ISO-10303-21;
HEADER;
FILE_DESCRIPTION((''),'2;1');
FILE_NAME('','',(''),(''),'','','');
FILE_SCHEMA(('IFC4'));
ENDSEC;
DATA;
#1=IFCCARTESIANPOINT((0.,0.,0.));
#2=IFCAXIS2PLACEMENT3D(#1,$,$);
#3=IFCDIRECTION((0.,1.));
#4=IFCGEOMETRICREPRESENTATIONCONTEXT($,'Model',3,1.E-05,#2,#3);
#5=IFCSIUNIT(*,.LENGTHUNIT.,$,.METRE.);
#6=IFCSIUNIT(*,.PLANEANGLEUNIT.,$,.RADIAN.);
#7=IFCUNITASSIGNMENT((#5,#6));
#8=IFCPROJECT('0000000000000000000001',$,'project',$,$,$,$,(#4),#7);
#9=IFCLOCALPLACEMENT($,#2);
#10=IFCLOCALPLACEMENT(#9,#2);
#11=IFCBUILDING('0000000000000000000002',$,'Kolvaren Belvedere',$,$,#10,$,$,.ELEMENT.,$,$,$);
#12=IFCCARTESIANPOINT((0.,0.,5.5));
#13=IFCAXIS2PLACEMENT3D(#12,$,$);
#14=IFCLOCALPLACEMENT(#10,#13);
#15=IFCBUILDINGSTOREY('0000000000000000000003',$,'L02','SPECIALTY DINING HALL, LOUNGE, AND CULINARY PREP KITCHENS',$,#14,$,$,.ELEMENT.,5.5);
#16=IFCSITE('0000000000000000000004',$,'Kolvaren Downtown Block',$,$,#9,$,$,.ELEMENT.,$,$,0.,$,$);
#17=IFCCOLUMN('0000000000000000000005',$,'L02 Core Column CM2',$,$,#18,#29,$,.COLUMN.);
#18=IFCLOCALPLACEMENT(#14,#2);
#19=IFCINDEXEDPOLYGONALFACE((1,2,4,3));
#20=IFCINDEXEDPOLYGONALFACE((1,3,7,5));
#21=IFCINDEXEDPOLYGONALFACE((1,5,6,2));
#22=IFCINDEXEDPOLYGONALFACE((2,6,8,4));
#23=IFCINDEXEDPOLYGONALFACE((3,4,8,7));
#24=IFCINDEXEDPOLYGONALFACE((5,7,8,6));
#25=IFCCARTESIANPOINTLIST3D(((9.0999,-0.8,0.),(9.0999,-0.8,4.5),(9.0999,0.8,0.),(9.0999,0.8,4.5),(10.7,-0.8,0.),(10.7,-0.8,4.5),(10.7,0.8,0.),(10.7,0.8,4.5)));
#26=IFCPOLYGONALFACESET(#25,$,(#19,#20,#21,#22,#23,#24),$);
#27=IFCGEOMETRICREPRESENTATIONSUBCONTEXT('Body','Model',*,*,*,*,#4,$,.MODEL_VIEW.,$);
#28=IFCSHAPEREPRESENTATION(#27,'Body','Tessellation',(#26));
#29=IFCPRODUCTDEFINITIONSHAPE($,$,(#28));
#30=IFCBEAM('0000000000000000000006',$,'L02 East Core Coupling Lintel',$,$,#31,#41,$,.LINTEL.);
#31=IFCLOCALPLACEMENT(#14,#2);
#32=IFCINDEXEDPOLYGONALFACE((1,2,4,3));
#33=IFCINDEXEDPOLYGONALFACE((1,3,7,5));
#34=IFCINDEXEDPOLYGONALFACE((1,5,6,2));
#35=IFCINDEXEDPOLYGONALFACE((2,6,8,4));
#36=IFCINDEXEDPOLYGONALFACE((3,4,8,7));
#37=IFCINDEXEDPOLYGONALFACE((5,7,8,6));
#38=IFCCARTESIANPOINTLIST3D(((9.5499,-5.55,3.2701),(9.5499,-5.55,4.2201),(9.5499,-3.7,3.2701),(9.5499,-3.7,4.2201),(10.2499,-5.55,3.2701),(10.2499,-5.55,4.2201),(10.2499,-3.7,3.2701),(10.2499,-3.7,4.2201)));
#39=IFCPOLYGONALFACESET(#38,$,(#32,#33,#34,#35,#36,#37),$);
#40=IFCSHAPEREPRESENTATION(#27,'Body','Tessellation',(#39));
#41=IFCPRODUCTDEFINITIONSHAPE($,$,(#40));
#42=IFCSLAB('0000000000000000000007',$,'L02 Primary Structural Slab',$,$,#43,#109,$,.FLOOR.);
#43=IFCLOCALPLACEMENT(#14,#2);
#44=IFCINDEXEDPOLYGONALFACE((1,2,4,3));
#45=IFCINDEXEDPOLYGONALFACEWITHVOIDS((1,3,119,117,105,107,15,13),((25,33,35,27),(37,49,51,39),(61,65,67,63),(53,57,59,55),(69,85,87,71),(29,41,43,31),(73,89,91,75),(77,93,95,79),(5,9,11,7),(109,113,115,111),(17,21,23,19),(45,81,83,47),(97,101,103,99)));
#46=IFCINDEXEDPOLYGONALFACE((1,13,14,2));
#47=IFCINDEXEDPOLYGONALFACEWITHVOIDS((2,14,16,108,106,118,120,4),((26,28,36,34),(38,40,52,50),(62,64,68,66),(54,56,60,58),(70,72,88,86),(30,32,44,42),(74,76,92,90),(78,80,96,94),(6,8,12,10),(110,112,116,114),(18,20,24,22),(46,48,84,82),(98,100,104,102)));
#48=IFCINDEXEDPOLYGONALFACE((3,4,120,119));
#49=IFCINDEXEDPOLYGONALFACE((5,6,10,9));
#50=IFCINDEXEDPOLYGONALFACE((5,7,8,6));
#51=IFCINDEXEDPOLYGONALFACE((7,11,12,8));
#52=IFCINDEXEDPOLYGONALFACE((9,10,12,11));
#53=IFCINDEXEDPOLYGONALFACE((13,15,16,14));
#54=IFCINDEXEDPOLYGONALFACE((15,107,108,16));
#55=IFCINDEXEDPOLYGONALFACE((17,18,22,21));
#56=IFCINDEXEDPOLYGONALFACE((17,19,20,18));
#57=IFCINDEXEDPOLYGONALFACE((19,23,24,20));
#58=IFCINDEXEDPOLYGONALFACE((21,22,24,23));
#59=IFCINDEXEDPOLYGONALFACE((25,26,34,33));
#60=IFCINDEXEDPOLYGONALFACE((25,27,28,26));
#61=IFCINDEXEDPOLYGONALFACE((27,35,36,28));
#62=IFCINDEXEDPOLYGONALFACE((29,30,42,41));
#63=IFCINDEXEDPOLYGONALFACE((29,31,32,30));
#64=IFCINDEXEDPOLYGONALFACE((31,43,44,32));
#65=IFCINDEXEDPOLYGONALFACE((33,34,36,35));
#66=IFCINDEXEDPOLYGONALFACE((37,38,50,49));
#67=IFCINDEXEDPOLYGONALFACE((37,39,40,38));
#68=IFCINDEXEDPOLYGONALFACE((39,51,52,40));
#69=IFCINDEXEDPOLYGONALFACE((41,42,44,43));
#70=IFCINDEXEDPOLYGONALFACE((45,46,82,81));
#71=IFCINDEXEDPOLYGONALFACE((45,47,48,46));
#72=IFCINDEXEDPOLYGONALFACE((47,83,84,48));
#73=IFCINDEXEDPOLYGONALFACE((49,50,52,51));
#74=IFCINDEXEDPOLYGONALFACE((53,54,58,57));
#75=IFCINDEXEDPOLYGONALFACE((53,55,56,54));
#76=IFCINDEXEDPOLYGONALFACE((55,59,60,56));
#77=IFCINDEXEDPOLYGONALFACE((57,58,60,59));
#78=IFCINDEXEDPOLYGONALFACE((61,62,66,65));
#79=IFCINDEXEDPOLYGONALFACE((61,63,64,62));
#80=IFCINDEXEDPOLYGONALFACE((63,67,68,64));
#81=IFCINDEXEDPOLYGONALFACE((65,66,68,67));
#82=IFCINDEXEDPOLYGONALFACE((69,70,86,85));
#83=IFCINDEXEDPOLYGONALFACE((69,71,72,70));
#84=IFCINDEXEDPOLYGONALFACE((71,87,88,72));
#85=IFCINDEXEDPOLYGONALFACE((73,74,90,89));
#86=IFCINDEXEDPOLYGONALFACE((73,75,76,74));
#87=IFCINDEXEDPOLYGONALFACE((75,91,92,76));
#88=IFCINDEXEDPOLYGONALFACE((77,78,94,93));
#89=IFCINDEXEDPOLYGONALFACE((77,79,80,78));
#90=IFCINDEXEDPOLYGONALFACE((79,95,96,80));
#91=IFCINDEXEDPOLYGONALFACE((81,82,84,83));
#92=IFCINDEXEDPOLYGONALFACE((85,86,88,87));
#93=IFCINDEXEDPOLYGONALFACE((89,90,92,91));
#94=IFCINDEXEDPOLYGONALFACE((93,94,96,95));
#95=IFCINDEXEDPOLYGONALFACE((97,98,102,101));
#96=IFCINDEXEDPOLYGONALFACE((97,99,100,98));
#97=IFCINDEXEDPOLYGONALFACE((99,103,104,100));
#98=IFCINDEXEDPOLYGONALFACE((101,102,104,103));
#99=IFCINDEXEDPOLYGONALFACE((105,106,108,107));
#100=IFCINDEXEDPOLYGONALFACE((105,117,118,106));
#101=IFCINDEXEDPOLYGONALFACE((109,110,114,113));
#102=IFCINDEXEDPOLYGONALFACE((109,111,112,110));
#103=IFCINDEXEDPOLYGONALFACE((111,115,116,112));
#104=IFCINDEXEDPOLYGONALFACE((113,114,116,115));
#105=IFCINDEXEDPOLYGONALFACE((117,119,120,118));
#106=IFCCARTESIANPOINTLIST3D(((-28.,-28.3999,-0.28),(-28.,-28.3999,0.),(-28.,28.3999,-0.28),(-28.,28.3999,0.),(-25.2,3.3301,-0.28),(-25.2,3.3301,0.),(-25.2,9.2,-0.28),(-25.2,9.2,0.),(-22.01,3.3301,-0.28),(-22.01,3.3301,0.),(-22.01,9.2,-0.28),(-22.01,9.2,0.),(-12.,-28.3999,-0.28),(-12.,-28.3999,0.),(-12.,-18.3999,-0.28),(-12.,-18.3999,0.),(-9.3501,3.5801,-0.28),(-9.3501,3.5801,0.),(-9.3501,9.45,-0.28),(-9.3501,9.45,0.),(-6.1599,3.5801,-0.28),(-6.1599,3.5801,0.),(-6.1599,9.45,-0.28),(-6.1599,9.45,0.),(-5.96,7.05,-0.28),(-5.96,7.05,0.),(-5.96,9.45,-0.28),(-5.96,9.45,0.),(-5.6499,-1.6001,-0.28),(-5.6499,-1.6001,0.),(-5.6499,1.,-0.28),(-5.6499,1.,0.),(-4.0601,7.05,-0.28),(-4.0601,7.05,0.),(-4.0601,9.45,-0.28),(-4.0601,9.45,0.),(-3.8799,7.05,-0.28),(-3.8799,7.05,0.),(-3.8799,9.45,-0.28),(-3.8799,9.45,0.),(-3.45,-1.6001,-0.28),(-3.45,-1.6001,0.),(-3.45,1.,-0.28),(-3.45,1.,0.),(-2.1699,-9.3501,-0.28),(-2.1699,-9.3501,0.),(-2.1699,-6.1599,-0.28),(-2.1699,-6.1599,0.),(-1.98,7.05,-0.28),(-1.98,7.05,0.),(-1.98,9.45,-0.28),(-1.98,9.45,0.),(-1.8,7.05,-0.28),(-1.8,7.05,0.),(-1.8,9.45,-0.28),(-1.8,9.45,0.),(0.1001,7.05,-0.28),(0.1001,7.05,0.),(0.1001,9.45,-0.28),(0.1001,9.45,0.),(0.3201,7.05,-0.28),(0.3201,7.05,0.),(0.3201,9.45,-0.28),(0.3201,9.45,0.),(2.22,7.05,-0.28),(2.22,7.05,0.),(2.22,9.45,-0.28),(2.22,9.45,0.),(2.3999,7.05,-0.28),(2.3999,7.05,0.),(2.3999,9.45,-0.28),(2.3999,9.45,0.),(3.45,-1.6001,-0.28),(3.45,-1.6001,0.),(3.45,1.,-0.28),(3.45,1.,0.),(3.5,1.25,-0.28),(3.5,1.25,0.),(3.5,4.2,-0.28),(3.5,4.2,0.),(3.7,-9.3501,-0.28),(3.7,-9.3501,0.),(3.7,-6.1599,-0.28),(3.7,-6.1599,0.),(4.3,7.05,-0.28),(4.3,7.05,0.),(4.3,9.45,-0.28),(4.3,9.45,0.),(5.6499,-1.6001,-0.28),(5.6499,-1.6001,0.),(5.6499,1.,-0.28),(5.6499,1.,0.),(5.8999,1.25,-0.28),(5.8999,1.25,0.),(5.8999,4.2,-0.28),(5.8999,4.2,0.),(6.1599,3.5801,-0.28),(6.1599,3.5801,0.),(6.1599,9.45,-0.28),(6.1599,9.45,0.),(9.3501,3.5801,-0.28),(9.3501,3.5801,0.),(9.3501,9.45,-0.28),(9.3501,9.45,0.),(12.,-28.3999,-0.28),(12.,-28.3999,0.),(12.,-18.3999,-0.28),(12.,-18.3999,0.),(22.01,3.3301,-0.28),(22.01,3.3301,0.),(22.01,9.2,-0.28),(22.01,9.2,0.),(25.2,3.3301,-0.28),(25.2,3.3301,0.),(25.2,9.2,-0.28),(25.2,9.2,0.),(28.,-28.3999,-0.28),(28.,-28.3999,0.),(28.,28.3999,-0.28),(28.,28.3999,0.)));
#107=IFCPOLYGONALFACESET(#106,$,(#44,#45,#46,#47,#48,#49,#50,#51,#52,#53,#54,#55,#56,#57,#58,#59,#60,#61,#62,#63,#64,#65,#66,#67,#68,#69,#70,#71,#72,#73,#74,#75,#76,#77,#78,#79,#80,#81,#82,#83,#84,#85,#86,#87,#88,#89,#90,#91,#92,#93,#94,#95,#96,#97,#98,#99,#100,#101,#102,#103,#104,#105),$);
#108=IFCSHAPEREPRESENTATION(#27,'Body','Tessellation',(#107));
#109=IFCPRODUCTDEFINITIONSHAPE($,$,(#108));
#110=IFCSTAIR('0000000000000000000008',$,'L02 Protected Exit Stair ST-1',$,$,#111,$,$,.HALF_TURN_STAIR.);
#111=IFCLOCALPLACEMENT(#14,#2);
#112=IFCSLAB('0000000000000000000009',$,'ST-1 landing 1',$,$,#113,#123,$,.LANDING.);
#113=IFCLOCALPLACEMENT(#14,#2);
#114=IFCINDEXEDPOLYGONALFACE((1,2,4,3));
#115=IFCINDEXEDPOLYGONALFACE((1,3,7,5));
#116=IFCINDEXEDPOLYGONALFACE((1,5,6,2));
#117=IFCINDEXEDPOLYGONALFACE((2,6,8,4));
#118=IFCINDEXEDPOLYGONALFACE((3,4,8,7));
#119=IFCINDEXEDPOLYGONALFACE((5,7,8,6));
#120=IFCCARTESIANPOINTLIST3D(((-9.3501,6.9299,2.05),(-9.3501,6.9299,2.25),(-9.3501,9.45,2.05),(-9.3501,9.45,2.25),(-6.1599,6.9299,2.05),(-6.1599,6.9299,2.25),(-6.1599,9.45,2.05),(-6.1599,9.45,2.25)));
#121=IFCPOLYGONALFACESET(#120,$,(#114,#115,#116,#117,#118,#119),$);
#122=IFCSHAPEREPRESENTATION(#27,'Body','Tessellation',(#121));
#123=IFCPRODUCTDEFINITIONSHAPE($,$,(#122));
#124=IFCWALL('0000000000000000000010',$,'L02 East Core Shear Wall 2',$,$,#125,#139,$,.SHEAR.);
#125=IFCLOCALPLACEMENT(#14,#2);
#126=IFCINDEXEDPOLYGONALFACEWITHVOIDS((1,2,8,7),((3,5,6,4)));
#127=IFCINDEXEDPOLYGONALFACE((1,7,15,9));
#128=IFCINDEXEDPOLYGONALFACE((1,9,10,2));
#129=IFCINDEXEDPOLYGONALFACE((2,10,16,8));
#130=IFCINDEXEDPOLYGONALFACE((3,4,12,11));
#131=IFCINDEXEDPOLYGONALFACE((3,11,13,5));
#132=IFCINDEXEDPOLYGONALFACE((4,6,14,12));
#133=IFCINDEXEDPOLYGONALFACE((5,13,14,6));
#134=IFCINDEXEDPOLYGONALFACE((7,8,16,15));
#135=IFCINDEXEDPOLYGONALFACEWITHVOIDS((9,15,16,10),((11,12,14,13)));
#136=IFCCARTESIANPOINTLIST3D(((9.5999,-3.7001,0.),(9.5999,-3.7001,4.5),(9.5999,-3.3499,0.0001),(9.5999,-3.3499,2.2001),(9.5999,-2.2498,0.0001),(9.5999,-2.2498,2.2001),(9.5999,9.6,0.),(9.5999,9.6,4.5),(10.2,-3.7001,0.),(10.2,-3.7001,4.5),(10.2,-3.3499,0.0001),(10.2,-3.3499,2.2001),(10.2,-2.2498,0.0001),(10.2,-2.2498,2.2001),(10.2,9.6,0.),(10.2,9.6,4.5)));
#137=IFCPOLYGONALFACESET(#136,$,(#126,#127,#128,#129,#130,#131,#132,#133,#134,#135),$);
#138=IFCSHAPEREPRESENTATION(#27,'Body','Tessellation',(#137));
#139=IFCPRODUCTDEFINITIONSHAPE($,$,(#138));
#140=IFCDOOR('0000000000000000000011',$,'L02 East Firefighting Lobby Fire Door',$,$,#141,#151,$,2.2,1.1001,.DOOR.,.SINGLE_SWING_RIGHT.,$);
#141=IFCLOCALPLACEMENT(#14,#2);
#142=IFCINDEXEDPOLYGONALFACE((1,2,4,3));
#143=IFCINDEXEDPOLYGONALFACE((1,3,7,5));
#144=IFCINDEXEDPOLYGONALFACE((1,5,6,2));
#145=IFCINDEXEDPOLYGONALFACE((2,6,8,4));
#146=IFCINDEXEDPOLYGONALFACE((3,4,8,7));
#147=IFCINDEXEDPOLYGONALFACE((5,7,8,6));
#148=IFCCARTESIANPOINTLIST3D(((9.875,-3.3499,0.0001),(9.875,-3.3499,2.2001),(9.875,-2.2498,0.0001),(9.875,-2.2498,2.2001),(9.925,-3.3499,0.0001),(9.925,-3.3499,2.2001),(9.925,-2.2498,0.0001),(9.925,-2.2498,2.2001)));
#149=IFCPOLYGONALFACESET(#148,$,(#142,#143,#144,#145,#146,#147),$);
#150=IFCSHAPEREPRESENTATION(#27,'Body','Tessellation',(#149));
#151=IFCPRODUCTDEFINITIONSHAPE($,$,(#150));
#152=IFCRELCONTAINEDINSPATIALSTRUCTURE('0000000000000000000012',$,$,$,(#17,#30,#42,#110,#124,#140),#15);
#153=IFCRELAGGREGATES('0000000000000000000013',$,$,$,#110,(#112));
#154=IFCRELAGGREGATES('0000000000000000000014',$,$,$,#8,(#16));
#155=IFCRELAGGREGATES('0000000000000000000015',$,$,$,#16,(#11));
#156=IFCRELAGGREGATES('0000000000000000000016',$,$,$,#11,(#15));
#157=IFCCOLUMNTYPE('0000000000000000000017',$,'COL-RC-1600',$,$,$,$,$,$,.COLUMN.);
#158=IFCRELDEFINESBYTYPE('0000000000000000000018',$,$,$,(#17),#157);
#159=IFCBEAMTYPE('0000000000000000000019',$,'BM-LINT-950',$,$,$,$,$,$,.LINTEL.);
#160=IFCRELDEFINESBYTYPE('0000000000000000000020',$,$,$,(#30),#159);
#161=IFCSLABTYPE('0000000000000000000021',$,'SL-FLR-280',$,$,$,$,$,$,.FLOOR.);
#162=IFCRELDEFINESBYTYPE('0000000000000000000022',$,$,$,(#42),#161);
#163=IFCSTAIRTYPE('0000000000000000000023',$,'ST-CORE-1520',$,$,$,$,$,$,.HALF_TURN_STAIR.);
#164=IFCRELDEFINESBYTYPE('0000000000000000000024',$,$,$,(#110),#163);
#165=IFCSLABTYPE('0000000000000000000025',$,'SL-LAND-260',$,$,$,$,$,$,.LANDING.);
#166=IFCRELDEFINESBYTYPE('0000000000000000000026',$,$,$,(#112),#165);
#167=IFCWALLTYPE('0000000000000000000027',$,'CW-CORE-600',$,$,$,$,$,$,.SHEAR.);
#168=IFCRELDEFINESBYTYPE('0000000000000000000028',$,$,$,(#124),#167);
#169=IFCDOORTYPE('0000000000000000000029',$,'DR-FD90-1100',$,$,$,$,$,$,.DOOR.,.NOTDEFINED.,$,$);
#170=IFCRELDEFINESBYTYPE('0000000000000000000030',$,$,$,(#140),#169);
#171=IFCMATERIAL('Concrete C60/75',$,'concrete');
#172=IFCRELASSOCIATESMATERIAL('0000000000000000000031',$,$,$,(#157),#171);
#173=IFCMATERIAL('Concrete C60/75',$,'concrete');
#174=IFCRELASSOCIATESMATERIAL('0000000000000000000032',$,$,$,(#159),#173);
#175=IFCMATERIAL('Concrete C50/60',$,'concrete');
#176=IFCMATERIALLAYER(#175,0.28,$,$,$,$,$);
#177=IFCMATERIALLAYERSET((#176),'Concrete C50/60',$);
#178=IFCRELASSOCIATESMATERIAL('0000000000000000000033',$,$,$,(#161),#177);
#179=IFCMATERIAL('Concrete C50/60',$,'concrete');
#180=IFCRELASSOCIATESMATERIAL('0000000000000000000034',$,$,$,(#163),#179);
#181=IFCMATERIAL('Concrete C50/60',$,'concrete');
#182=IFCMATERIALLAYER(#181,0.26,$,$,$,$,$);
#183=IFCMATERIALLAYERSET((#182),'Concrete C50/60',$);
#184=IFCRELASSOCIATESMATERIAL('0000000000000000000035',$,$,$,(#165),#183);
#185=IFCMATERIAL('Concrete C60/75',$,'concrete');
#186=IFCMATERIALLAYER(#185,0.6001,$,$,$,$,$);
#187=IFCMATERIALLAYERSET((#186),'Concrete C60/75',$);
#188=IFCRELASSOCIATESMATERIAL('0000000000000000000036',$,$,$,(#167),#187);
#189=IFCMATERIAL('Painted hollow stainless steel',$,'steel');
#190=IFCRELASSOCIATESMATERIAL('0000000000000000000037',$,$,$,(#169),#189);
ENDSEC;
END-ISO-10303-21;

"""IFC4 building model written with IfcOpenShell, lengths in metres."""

from ifc_helpers import new_model, si_unit, direction, frame, frame_2d, origin, origin_2d, place, context, subcontext, project, spatial, polyline, rectangle, outline, extrude, material, layer, layer_set, material_profile, profile_set, type_object, element, fill, aggregate, save


model = new_model("IFC4")

# Units and contexts
model_context = context("Model", 3, precision=1e-05, world=origin(), true_north=direction((0.0, 1.0)))
body_context = subcontext(model_context, "Body", "Model", "MODEL_VIEW")
ifc_project = project(units=[si_unit("LENGTHUNIT", "METRE"), si_unit("PLANEANGLEUNIT", "RADIAN")], contexts=[model_context])

# Site, building, storey
site_placement = place(None, origin())
site = spatial("IfcSite", under=ifc_project, at=site_placement, Name="Kolvaren Downtown Block", CompositionType="ELEMENT", RefElevation=0.0)
building_placement = place(site_placement, origin())
building = spatial("IfcBuilding", under=site, at=building_placement, Name="Kolvaren Belvedere", CompositionType="ELEMENT")
storey_placement = place(building_placement, frame((0.0, 0.0, 5.5)))
storey = spatial("IfcBuildingStorey", under=building, at=storey_placement, Name="L02", Description="SPECIALTY DINING HALL, LOUNGE, AND CULINARY PREP KITCHENS", CompositionType="ELEMENT", Elevation=5.5)

# Column
ifc_material_1 = material(Name="Concrete C60/75", Category="concrete")
ifc_material_profile_1 = material_profile(ifc_material_1, rectangle(XDim=1.6001, YDim=1.6001, at=origin_2d()), Name="RC 1600X1600")
ifc_profile_set_1 = profile_set([ifc_material_profile_1], Name="Concrete C60/75")
column_type = type_object("IfcColumnType", Name="COL-RC-1600", PredefinedType="COLUMN", material=ifc_profile_set_1)
column_placement = place(storey_placement, frame((9.8999, 0.0, 0.0), z_axis=(0.0, 0.0, 1.0), x_axis=(1.0, 0.0, 0.0)))
element("IfcColumn", 1, at=column_placement, inside=storey, type_object=column_type, Name="L02 Core Column CM2", PredefinedType="COLUMN", context=body_context, shape_type="SweptSolid", body=[
    extrude(rectangle(XDim=1.6001, YDim=1.6001, at=origin_2d()), origin(), (0.0, 0.0, 1.0), 4.5),
])

# Beam
ifc_material_2 = material(Name="Concrete C60/75", Category="concrete")
ifc_material_profile_2 = material_profile(ifc_material_2, rectangle(XDim=0.7, YDim=0.95, at=origin_2d()), Name="RC 700X950")
ifc_profile_set_2 = profile_set([ifc_material_profile_2], Name="Concrete C60/75")
beam_type = type_object("IfcBeamType", Name="BM-LINT-950", PredefinedType="LINTEL", material=ifc_profile_set_2)
beam_placement = place(storey_placement, frame((9.8999, -5.55, 3.7451), z_axis=(0.0, 1.0, 0.0), x_axis=(-1.0, 0.0, 0.0)))
element("IfcBeam", 2, at=beam_placement, inside=storey, type_object=beam_type, Name="L02 East Core Coupling Lintel", PredefinedType="LINTEL", context=body_context, shape_type="SweptSolid", body=[
    extrude(rectangle(XDim=0.7, YDim=0.95, at=origin_2d()), origin(), (0.0, 0.0, 1.0), 1.8501),
])

# Slab
ifc_material_3 = material(Name="Concrete C50/60", Category="concrete")
ifc_layer_1 = layer(ifc_material_3, 0.28)
ifc_layer_set_1 = layer_set([ifc_layer_1], Name="Concrete C50/60")
slab_type_1 = type_object("IfcSlabType", Name="SL-FLR-280", PredefinedType="FLOOR", material=ifc_layer_set_1)
slab_1_placement = place(storey_placement, frame((0.0, 0.0, -0.28)))
element("IfcSlab", 3, at=slab_1_placement, inside=storey, type_object=slab_type_1, Name="L02 Primary Structural Slab", PredefinedType="FLOOR", context=body_context, shape_type="SweptSolid", body=[
    extrude(outline(polyline([(-28.0, -28.3999), (-12.0, -28.3999), (-12.0, -18.3999), (12.0, -18.3999), (12.0, -28.3999), (28.0, -28.3999), (28.0, 28.3999), (-28.0, 28.3999), (-28.0, -28.3999)]), holes=[polyline([(-9.3501, 3.5801), (-6.1599, 3.5801), (-6.1599, 9.45), (-9.3501, 9.45), (-9.3501, 3.5801)]), polyline([(6.1599, 3.5801), (9.3501, 3.5801), (9.3501, 9.45), (6.1599, 9.45), (6.1599, 3.5801)]), polyline([(-2.1699, -9.3501), (3.7, -9.3501), (3.7, -6.1599), (-2.1699, -6.1599), (-2.1699, -9.3501)]), polyline([(-25.2, 3.3301), (-22.01, 3.3301), (-22.01, 9.2), (-25.2, 9.2), (-25.2, 3.3301)]), polyline([(22.01, 3.3301), (25.2, 3.3301), (25.2, 9.2), (22.01, 9.2), (22.01, 3.3301)]), polyline([(-5.6499, -1.6001), (-3.45, -1.6001), (-3.45, 1.0), (-5.6499, 1.0), (-5.6499, -1.6001)]), polyline([(3.5, 1.25), (5.8999, 1.25), (5.8999, 4.2), (3.5, 4.2), (3.5, 1.25)]), polyline([(3.45, -1.6001), (5.6499, -1.6001), (5.6499, 1.0), (3.45, 1.0), (3.45, -1.6001)]), polyline([(-5.96, 7.05), (-4.0601, 7.05), (-4.0601, 9.45), (-5.96, 9.45), (-5.96, 7.05)]), polyline([(-3.8799, 7.05), (-1.98, 7.05), (-1.98, 9.45), (-3.8799, 9.45), (-3.8799, 7.05)]), polyline([(-1.8, 7.05), (0.1001, 7.05), (0.1001, 9.45), (-1.8, 9.45), (-1.8, 7.05)]), polyline([(0.3201, 7.05), (2.22, 7.05), (2.22, 9.45), (0.3201, 9.45), (0.3201, 7.05)]), polyline([(2.3999, 7.05), (4.3, 7.05), (4.3, 9.45), (2.3999, 9.45), (2.3999, 7.05)])]), origin(), (0.0, 0.0, 1.0), 0.28),
])

# Stair, slab
ifc_material_4 = material(Name="Concrete C50/60", Category="concrete")
stair_type = type_object("IfcStairType", Name="ST-CORE-1520", PredefinedType="HALF_TURN_STAIR", material=ifc_material_4)
stair_1_placement = place(storey_placement, origin())
stair_1 = element("IfcStair", 4, at=stair_1_placement, inside=storey, type_object=stair_type, Name="L02 Protected Exit Stair ST-1", PredefinedType="HALF_TURN_STAIR")
ifc_material_5 = material(Name="Concrete C50/60", Category="concrete")
ifc_layer_2 = layer(ifc_material_5, 0.26)
ifc_layer_set_2 = layer_set([ifc_layer_2], Name="Concrete C50/60")
slab_type_2 = type_object("IfcSlabType", Name="SL-LAND-260", PredefinedType="LANDING", material=ifc_layer_set_2)
slab_2_placement = place(storey_placement, frame((0.0, 0.0, 2.05)))
slab_2 = element("IfcSlab", 5, at=slab_2_placement, type_object=slab_type_2, Name="ST-1 landing 1", PredefinedType="LANDING", context=body_context, shape_type="SweptSolid", body=[
    extrude(outline(polyline([(-6.1599, 6.9299), (-6.1599, 9.45), (-9.3501, 9.45), (-9.3501, 6.9299), (-6.1599, 6.9299)])), origin(), (0.0, 0.0, 1.0), 0.2),
])
aggregate(stair_1, [slab_2])

# Wall, opening, door
ifc_material_6 = material(Name="Concrete C60/75", Category="concrete")
ifc_layer_3 = layer(ifc_material_6, 0.6001)
ifc_layer_set_3 = layer_set([ifc_layer_3], Name="Concrete C60/75")
wall_type_1 = type_object("IfcWallType", Name="CW-CORE-600", PredefinedType="SHEAR", material=ifc_layer_set_3)
wall_1_placement = place(storey_placement, frame((9.8999, -3.7, 0.0), z_axis=(0.0, 0.0, 1.0), x_axis=(0.0, 1.0, 0.0)))
wall_1 = element("IfcWall", 6, at=wall_1_placement, inside=storey, type_object=wall_type_1, Name="L02 East Core Shear Wall 2", PredefinedType="SHEAR", context=body_context, shape_type="SweptSolid", body=[
    extrude(rectangle(XDim=13.3, YDim=0.6001, at=frame_2d((6.6499, 0.0))), origin(), (0.0, 0.0, 1.0), 4.5),
])
opening_1_placement = place(wall_1_placement, frame((0.3501, 0.0, 0.0)))
opening_1 = element("IfcOpeningElement", 7, at=opening_1_placement, cuts=wall_1, PredefinedType="OPENING", context=body_context, shape_type="SweptSolid", body=[
    extrude(rectangle(XDim=1.1001, YDim=2.2, at=frame_2d((0.55, 1.1001))), frame((0.0, 0.3101, 0.0), z_axis=(0.0, -1.0, 0.0), x_axis=(1.0, 0.0, 0.0)), (0.0, 0.0, 1.0), 0.6201),
])
ifc_material_7 = material(Name="Painted hollow stainless steel", Category="steel")
door_type_1 = type_object("IfcDoorType", Name="DR-FD90-1100", OperationType="NOTDEFINED", PredefinedType="DOOR", material=ifc_material_7)
door_1_placement = place(opening_1_placement, origin())
door_1 = element("IfcDoor", 8, at=door_1_placement, inside=storey, type_object=door_type_1, Name="L02 East Firefighting Lobby Fire Door", OperationType="SINGLE_SWING_RIGHT", OverallHeight=2.2, OverallWidth=1.1001, PredefinedType="DOOR", context=body_context, shape_type="SweptSolid", body=[
    extrude(rectangle(XDim=1.1001, YDim=2.2, at=frame_2d((0.55, 1.1001))), frame((0.0, 0.0249, 0.0), z_axis=(0.0, -1.0, 0.0), x_axis=(1.0, 0.0, 0.0)), (0.0, 0.0, 1.0), 0.05),
])
fill(opening_1, door_1)

save(model, "model.ifc")
